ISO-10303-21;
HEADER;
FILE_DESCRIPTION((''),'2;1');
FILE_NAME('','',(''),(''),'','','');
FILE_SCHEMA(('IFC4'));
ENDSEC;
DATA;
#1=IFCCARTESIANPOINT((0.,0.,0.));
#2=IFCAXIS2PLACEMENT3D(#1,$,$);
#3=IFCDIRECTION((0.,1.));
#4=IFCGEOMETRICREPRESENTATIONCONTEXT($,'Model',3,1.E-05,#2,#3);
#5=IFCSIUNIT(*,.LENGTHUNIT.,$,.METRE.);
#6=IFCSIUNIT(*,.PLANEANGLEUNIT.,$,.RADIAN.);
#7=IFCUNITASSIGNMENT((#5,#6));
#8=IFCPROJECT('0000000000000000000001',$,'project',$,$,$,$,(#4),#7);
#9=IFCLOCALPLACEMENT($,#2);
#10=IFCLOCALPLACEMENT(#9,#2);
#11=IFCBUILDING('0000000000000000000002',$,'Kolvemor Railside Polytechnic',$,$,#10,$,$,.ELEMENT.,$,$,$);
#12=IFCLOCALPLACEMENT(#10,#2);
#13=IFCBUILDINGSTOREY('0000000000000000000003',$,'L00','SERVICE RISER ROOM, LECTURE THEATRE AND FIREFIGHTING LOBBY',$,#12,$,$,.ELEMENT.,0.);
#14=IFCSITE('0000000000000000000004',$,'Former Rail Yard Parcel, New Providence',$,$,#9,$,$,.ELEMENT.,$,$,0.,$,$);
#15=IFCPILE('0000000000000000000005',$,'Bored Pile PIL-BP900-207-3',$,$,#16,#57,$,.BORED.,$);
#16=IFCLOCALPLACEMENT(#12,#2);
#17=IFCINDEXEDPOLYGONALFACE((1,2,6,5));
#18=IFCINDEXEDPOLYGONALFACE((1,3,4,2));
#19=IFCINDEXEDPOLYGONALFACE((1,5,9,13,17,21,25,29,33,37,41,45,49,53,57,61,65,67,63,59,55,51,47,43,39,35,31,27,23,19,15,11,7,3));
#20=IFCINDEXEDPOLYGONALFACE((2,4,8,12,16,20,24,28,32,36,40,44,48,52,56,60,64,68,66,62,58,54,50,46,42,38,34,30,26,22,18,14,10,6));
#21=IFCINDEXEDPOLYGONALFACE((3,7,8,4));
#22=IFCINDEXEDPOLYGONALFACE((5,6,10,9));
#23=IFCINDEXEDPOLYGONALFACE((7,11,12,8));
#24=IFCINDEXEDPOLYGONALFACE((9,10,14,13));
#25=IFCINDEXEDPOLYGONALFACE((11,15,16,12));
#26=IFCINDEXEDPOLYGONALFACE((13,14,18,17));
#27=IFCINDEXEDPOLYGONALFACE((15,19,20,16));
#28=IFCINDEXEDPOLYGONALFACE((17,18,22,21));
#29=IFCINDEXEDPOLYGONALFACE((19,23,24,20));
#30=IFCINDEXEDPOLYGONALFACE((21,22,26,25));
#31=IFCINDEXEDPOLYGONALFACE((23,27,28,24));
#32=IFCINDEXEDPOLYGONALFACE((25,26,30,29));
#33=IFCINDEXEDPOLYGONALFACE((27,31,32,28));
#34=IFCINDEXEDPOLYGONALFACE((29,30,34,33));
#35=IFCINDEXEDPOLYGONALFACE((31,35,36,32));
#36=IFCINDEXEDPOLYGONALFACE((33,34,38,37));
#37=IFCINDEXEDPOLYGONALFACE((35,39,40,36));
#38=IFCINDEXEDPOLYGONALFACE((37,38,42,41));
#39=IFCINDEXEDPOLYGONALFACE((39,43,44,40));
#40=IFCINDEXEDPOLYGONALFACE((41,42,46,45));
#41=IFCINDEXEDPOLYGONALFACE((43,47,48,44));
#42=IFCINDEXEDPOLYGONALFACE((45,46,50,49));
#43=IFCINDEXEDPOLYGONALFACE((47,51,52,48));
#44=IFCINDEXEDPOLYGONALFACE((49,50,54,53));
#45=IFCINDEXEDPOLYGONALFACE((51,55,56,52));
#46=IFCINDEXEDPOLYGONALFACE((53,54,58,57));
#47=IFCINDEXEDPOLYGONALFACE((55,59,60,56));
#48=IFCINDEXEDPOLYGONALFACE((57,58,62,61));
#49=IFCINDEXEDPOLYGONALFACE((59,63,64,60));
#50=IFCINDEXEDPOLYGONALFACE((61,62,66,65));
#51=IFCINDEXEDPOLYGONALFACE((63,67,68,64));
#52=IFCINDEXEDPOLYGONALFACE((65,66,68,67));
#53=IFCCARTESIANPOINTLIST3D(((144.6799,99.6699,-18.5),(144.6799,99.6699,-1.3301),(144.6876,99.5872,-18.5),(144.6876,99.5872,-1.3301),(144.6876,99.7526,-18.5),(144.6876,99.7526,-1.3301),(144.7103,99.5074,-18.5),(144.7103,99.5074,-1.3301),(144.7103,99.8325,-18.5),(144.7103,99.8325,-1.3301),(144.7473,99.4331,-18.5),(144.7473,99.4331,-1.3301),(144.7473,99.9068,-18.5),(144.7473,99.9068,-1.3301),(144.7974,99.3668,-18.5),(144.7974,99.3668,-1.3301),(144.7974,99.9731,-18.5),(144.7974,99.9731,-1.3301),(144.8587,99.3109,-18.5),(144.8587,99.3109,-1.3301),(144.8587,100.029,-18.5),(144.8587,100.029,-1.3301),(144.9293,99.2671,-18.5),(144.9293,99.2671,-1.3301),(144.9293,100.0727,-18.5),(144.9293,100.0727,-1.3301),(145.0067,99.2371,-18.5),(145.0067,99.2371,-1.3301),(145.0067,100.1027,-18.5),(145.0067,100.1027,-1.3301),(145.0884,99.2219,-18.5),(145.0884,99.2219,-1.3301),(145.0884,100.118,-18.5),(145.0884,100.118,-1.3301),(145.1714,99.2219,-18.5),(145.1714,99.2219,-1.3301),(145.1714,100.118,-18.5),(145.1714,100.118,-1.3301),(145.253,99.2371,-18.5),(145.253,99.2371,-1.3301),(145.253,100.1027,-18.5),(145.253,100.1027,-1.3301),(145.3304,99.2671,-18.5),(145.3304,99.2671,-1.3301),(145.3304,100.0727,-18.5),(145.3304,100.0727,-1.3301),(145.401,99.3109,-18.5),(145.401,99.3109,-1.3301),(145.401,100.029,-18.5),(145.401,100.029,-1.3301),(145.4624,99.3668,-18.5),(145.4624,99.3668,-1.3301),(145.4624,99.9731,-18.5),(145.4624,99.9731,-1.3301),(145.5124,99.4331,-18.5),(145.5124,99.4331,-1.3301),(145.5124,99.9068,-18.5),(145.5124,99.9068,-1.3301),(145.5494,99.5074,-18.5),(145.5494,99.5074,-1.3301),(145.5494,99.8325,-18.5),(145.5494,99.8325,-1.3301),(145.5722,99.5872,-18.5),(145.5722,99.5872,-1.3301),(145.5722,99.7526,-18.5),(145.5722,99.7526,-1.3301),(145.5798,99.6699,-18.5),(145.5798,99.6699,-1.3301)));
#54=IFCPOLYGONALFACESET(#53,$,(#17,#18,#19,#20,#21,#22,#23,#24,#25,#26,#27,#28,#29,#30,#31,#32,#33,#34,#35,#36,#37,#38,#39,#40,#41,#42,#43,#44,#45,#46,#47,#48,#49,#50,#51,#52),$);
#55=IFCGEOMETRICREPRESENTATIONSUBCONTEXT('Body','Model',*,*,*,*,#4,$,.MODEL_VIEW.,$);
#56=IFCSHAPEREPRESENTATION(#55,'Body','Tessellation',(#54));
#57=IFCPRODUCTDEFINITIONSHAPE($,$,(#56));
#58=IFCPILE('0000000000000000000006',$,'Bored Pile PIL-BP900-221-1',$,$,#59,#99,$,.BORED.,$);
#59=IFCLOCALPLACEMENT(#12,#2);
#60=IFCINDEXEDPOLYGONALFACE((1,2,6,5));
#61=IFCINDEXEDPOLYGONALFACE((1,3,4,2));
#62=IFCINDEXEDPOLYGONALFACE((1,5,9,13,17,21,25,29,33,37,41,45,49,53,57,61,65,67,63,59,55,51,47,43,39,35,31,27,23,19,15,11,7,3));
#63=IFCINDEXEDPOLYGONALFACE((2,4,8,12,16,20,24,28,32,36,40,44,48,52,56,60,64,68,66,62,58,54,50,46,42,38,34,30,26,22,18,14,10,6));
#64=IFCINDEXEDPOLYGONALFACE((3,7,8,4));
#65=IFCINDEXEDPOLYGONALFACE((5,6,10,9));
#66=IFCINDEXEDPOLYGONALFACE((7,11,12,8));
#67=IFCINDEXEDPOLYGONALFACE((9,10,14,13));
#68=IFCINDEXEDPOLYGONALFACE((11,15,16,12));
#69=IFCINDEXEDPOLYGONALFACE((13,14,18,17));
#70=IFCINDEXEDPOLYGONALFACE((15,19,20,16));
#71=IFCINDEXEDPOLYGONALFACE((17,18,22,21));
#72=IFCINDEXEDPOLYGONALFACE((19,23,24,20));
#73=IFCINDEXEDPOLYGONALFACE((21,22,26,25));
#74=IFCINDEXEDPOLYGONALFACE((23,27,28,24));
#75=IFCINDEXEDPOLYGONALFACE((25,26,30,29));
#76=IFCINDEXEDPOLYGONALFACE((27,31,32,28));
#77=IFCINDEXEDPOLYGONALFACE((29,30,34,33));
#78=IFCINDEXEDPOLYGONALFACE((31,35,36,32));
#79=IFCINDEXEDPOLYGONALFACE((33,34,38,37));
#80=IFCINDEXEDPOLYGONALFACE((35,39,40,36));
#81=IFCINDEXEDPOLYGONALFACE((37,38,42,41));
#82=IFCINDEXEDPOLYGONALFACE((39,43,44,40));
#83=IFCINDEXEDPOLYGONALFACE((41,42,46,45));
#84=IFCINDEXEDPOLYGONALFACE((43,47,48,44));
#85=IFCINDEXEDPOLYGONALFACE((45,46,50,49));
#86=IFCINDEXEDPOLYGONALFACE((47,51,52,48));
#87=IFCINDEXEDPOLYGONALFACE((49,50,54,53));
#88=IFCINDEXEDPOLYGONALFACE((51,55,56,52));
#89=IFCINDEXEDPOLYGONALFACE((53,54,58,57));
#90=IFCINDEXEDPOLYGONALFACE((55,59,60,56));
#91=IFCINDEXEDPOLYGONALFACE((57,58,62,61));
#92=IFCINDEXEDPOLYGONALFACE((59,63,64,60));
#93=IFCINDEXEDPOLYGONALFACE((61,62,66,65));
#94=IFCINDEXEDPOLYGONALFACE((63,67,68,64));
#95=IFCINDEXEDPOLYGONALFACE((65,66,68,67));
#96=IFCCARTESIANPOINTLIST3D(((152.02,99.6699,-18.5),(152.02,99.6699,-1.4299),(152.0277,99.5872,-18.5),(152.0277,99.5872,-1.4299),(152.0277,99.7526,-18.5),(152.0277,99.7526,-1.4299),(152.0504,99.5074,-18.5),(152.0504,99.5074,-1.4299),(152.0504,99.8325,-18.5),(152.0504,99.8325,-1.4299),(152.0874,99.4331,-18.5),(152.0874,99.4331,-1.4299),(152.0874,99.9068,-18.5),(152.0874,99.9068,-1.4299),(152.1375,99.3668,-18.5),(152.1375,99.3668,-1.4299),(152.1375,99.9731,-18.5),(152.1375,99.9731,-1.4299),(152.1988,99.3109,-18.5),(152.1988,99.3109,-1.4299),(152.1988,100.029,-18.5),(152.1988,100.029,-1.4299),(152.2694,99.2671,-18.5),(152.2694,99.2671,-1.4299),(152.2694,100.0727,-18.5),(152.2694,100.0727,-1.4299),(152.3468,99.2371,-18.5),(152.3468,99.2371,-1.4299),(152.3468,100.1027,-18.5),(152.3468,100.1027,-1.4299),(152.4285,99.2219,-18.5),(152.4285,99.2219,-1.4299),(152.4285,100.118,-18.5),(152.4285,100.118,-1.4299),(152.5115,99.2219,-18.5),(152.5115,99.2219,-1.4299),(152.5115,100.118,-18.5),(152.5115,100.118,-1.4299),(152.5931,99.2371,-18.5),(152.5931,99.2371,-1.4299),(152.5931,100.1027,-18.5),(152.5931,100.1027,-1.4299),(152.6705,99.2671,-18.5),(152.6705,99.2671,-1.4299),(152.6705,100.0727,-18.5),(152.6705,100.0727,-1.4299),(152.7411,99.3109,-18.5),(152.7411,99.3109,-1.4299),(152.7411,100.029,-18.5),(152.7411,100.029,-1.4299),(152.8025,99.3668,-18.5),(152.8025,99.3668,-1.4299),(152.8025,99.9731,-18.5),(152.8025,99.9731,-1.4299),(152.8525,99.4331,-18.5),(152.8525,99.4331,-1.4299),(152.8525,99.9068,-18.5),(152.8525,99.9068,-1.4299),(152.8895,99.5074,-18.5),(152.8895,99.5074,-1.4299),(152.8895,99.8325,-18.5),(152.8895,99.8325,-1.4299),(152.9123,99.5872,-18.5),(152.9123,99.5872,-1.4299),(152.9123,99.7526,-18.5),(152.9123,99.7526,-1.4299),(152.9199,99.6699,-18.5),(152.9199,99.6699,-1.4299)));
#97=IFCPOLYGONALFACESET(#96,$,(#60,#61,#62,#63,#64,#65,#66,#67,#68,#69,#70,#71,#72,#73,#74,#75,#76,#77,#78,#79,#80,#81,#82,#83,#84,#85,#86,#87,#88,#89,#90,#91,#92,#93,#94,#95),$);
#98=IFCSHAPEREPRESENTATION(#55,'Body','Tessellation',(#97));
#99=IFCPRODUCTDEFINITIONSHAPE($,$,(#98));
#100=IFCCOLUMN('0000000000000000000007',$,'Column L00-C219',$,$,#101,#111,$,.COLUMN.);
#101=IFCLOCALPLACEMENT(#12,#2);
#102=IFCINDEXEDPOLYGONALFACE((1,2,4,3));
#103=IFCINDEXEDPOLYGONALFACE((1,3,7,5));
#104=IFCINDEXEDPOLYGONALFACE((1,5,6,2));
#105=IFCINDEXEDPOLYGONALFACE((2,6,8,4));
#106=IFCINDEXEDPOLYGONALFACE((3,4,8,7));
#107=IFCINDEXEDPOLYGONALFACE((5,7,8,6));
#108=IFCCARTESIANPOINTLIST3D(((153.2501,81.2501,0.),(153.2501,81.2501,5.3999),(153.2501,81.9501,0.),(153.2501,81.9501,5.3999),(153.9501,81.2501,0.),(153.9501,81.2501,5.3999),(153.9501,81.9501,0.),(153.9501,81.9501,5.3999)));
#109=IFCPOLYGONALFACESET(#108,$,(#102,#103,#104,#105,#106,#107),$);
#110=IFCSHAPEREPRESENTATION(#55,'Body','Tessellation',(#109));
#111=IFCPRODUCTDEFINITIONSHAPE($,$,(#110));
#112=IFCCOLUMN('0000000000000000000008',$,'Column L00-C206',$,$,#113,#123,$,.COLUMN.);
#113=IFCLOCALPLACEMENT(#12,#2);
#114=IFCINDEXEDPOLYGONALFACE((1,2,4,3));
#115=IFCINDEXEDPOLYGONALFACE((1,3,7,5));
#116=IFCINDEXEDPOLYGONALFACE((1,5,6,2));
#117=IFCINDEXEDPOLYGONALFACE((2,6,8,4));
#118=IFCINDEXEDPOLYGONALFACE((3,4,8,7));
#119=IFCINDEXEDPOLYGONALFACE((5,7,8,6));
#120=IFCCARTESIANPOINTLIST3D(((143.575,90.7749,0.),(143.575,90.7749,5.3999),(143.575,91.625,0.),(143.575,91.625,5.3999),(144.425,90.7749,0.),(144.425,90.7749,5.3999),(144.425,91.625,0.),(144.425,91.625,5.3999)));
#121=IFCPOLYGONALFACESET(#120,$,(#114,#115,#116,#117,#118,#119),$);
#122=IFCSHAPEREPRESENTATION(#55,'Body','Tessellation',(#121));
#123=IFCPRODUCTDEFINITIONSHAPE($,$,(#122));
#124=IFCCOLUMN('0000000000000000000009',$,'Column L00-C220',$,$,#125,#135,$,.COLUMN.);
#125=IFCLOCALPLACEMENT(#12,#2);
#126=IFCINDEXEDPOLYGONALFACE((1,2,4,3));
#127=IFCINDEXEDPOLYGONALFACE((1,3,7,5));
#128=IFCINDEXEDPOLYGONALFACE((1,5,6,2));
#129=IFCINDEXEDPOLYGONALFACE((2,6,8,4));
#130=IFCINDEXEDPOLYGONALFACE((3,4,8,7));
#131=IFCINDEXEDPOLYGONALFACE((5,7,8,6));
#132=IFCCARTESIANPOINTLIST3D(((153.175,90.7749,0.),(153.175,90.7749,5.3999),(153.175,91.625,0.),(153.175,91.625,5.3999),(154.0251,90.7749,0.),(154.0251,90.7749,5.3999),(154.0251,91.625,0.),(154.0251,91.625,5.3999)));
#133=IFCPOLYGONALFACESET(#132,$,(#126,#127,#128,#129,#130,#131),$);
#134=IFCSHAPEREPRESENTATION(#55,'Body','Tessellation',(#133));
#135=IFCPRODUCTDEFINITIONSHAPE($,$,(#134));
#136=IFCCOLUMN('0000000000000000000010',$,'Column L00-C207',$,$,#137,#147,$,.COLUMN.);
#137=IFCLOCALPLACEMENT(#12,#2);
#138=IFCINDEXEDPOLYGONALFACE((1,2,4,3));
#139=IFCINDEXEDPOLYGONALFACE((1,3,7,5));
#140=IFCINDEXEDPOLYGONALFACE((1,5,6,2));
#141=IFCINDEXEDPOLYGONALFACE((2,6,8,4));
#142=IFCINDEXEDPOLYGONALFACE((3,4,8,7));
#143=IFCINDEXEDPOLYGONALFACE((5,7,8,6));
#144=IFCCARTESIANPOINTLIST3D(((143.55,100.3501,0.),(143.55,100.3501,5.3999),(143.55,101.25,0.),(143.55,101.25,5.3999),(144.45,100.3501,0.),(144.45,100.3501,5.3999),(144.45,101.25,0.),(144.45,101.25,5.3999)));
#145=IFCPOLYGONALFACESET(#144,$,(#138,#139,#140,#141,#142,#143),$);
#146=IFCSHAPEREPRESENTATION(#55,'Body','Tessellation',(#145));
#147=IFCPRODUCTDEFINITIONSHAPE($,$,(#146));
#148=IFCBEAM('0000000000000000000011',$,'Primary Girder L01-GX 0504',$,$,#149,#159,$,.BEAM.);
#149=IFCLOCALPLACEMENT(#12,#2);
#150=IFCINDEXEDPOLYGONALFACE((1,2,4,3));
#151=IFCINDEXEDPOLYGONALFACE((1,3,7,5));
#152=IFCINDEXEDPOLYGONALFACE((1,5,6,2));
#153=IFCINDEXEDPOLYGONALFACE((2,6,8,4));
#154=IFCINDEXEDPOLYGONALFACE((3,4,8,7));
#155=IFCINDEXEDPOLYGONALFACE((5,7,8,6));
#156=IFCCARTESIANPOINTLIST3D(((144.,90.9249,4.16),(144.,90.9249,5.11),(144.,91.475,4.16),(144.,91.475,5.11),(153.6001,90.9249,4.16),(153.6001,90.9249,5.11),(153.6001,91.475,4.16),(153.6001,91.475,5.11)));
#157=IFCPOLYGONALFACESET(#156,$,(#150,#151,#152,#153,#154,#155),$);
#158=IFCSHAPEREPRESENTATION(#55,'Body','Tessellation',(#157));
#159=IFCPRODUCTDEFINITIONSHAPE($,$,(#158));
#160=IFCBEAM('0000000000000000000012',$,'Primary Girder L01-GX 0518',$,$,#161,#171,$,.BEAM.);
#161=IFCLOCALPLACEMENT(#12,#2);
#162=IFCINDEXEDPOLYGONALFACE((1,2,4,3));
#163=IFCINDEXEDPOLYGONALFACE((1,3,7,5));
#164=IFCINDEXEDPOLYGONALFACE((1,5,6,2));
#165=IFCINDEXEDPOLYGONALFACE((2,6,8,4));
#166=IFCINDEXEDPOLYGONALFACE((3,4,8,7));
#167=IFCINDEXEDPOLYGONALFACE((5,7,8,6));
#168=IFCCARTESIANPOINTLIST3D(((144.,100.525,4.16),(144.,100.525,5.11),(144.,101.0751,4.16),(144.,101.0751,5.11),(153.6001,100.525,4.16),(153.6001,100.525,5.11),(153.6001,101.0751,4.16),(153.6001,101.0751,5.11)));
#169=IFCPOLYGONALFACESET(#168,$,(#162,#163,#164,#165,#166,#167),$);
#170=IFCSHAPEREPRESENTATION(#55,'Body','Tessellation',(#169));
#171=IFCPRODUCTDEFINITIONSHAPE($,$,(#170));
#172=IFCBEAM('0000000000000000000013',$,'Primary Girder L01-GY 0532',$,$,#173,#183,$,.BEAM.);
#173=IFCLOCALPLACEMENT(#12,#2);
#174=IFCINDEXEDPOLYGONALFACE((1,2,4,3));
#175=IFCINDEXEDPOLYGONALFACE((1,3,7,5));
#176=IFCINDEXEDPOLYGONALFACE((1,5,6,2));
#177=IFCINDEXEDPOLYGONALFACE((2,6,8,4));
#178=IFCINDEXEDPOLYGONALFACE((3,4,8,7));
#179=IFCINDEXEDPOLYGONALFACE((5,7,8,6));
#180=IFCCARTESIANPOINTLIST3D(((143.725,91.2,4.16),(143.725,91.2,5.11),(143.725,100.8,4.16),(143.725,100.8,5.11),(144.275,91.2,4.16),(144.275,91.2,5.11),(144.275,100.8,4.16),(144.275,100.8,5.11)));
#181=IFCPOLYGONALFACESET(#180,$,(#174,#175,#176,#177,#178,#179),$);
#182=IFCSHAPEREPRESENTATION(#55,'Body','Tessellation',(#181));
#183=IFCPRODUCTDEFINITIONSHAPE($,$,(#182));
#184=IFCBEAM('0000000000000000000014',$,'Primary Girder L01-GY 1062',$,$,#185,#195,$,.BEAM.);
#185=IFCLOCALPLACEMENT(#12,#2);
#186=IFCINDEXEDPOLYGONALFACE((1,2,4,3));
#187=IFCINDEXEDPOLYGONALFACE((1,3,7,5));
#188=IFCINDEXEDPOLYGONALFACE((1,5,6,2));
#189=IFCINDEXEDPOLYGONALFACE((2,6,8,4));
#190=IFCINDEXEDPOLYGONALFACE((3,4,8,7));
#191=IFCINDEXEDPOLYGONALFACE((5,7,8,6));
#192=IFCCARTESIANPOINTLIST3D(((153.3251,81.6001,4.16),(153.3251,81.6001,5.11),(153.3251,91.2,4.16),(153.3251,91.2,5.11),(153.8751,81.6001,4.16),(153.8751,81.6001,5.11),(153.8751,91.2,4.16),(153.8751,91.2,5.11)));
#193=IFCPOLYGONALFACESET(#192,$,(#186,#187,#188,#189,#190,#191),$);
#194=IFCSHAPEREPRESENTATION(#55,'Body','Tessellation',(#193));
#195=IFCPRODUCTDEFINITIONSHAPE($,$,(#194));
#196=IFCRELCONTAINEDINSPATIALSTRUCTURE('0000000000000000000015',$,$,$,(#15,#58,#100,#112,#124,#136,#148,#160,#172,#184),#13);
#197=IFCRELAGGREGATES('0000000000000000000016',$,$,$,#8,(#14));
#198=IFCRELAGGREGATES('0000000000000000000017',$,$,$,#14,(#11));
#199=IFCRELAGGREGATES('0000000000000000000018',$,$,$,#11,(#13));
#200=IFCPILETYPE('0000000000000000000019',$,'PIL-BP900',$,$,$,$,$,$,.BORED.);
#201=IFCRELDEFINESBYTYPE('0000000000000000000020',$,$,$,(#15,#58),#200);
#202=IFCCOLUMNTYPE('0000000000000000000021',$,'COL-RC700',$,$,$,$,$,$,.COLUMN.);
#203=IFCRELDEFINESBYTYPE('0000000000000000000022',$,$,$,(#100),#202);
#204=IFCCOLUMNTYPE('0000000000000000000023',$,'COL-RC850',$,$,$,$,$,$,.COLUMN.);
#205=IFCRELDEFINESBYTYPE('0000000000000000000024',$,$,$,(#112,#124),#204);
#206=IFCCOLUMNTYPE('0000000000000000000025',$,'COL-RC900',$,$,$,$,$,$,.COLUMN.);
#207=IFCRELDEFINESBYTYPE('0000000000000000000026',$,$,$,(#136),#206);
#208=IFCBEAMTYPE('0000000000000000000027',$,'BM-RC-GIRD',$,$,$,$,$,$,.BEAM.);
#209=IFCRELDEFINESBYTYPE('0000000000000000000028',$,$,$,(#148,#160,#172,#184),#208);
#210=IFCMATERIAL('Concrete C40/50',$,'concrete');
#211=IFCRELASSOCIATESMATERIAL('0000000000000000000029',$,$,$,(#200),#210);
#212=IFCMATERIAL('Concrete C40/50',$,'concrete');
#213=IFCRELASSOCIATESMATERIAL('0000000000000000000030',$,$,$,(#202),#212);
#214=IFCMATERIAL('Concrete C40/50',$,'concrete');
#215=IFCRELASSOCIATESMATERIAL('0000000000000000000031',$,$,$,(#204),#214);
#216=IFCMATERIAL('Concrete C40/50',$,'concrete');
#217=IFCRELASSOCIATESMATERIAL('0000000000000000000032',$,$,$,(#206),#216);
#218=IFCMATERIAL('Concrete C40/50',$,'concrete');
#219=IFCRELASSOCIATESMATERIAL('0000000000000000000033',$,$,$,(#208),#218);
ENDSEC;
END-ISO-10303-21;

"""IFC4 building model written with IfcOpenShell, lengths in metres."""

from ifc_helpers import new_model, si_unit, direction, frame, origin, origin_2d, place, context, subcontext, project, spatial, rectangle, circle, extrude, material, material_profile, profile_set, type_object, element, save


model = new_model("IFC4")

# Units and contexts
model_context = context("Model", 3, precision=1e-05, world=origin(), true_north=direction((0.0, 1.0)))
body_context = subcontext(model_context, "Body", "Model", "MODEL_VIEW")
ifc_project = project(units=[si_unit("LENGTHUNIT", "METRE"), si_unit("PLANEANGLEUNIT", "RADIAN")], contexts=[model_context])

# Site, building, storey
site_placement = place(None, origin())
site = spatial("IfcSite", under=ifc_project, at=site_placement, Name="Former Rail Yard Parcel, New Providence", CompositionType="ELEMENT", RefElevation=0.0)
building_placement = place(site_placement, origin())
building = spatial("IfcBuilding", under=site, at=building_placement, Name="Kolvemor Railside Polytechnic", CompositionType="ELEMENT")
storey_placement = place(building_placement, origin())
storey = spatial("IfcBuildingStorey", under=building, at=storey_placement, Name="L00", Description="SERVICE RISER ROOM, LECTURE THEATRE AND FIREFIGHTING LOBBY", CompositionType="ELEMENT", Elevation=0.0)

# Piles
ifc_material_1 = material(Name="Concrete C40/50", Category="concrete")
ifc_material_profile_1 = material_profile(ifc_material_1, circle(Radius=0.45, at=origin_2d()), Name="BP900")
ifc_profile_set_1 = profile_set([ifc_material_profile_1], Name="Concrete C40/50")
pile_type_1 = type_object("IfcPileType", Name="PIL-BP900", PredefinedType="BORED", material=ifc_profile_set_1)
for number, where, z_axis, x_axis, name in (
    (1, (145.1299, 99.6699, -1.3301), (0.0, 0.0, -1.0), (1.0, 0.0, 0.0), "Bored Pile PIL-BP900-207-3"),
):
    element("IfcPile", number, at=place(storey_placement, frame(where, z_axis=z_axis, x_axis=x_axis)), inside=storey, type_object=pile_type_1, Name=name, PredefinedType="BORED", context=body_context, shape_type="SweptSolid", body=[
        extrude(circle(Radius=0.45, at=origin_2d()), origin(), (0.0, 0.0, 1.0), 17.1699),
    ])
pile_placement = place(storey_placement, frame((152.47, 99.6699, -1.4299), z_axis=(0.0, 0.0, -1.0), x_axis=(1.0, 0.0, 0.0)))
element("IfcPile", 2, at=pile_placement, inside=storey, type_object=pile_type_1, Name="Bored Pile PIL-BP900-221-1", PredefinedType="BORED", context=body_context, shape_type="SweptSolid", body=[
    extrude(circle(Radius=0.45, at=origin_2d()), origin(), (0.0, 0.0, 1.0), 17.0701),
])

# Columns
ifc_material_2 = material(Name="Concrete C40/50", Category="concrete")
ifc_material_profile_2 = material_profile(ifc_material_2, rectangle(XDim=0.7, YDim=0.7, at=origin_2d()), Name="RC700x700")
ifc_profile_set_2 = profile_set([ifc_material_profile_2], Name="Concrete C40/50")
column_type_1 = type_object("IfcColumnType", Name="COL-RC700", PredefinedType="COLUMN", material=ifc_profile_set_2)
column_1_placement = place(storey_placement, frame((153.6001, 81.6001, 0.0), z_axis=(0.0, 0.0, 1.0), x_axis=(1.0, 0.0, 0.0)))
element("IfcColumn", 3, at=column_1_placement, inside=storey, type_object=column_type_1, Name="Column L00-C219", PredefinedType="COLUMN", context=body_context, shape_type="SweptSolid", body=[
    extrude(rectangle(XDim=0.7, YDim=0.7, at=origin_2d()), origin(), (0.0, 0.0, 1.0), 5.3999),
])
ifc_material_3 = material(Name="Concrete C40/50", Category="concrete")
ifc_material_profile_3 = material_profile(ifc_material_3, rectangle(XDim=0.8501, YDim=0.8501, at=origin_2d()), Name="RC850x850")
ifc_profile_set_3 = profile_set([ifc_material_profile_3], Name="Concrete C40/50")
column_type_2 = type_object("IfcColumnType", Name="COL-RC850", PredefinedType="COLUMN", material=ifc_profile_set_3)
for number, where, z_axis, x_axis, name in (
    (4, (144.0, 91.2, 0.0), (0.0, 0.0, 1.0), (1.0, 0.0, 0.0), "Column L00-C206"),
    (5, (153.6001, 91.2, 0.0), (0.0, 0.0, 1.0), (1.0, 0.0, 0.0), "Column L00-C220"),
):
    element("IfcColumn", number, at=place(storey_placement, frame(where, z_axis=z_axis, x_axis=x_axis)), inside=storey, type_object=column_type_2, Name=name, PredefinedType="COLUMN", context=body_context, shape_type="SweptSolid", body=[
        extrude(rectangle(XDim=0.8501, YDim=0.8501, at=origin_2d()), origin(), (0.0, 0.0, 1.0), 5.3999),
    ])
ifc_material_4 = material(Name="Concrete C40/50", Category="concrete")
ifc_material_profile_4 = material_profile(ifc_material_4, rectangle(XDim=0.8999, YDim=0.8999, at=origin_2d()), Name="RC900x900")
ifc_profile_set_4 = profile_set([ifc_material_profile_4], Name="Concrete C40/50")
column_type_3 = type_object("IfcColumnType", Name="COL-RC900", PredefinedType="COLUMN", material=ifc_profile_set_4)
column_2_placement = place(storey_placement, frame((144.0, 100.8, 0.0), z_axis=(0.0, 0.0, 1.0), x_axis=(1.0, 0.0, 0.0)))
element("IfcColumn", 6, at=column_2_placement, inside=storey, type_object=column_type_3, Name="Column L00-C207", PredefinedType="COLUMN", context=body_context, shape_type="SweptSolid", body=[
    extrude(rectangle(XDim=0.8999, YDim=0.8999, at=origin_2d()), origin(), (0.0, 0.0, 1.0), 5.3999),
])

# Beams
ifc_material_5 = material(Name="Concrete C40/50", Category="concrete")
ifc_material_profile_5 = material_profile(ifc_material_5, rectangle(XDim=0.55, YDim=0.95, at=origin_2d()), Name="RC550x950")
ifc_profile_set_5 = profile_set([ifc_material_profile_5], Name="Concrete C40/50")
beam_type_1 = type_object("IfcBeamType", Name="BM-RC-GIRD", PredefinedType="BEAM", material=ifc_profile_set_5)
for number, where, z_axis, x_axis, name in (
    (7, (144.0, 91.2, 4.635), (1.0, 0.0, 0.0), (0.0, 1.0, 0.0), "Primary Girder L01-GX 0504"),
    (8, (144.0, 100.8, 4.635), (1.0, 0.0, 0.0), (0.0, 1.0, 0.0), "Primary Girder L01-GX 0518"),
    (9, (144.0, 91.2, 4.635), (0.0, 1.0, 0.0), (-1.0, 0.0, 0.0), "Primary Girder L01-GY 0532"),
):
    element("IfcBeam", number, at=place(storey_placement, frame(where, z_axis=z_axis, x_axis=x_axis)), inside=storey, type_object=beam_type_1, Name=name, PredefinedType="BEAM", context=body_context, shape_type="SweptSolid", body=[
        extrude(rectangle(XDim=0.55, YDim=0.95, at=origin_2d()), origin(), (0.0, 0.0, 1.0), 9.6001),
    ])
beam_1_placement = place(storey_placement, frame((153.6001, 81.6001, 4.635), z_axis=(0.0, 1.0, 0.0), x_axis=(-1.0, 0.0, 0.0)))
element("IfcBeam", 10, at=beam_1_placement, inside=storey, type_object=beam_type_1, Name="Primary Girder L01-GY 1062", PredefinedType="BEAM", context=body_context, shape_type="SweptSolid", body=[
    extrude(rectangle(XDim=0.55, YDim=0.95, at=origin_2d()), origin(), (0.0, 0.0, 1.0), 9.5999),
])

save(model, "model.ifc")
